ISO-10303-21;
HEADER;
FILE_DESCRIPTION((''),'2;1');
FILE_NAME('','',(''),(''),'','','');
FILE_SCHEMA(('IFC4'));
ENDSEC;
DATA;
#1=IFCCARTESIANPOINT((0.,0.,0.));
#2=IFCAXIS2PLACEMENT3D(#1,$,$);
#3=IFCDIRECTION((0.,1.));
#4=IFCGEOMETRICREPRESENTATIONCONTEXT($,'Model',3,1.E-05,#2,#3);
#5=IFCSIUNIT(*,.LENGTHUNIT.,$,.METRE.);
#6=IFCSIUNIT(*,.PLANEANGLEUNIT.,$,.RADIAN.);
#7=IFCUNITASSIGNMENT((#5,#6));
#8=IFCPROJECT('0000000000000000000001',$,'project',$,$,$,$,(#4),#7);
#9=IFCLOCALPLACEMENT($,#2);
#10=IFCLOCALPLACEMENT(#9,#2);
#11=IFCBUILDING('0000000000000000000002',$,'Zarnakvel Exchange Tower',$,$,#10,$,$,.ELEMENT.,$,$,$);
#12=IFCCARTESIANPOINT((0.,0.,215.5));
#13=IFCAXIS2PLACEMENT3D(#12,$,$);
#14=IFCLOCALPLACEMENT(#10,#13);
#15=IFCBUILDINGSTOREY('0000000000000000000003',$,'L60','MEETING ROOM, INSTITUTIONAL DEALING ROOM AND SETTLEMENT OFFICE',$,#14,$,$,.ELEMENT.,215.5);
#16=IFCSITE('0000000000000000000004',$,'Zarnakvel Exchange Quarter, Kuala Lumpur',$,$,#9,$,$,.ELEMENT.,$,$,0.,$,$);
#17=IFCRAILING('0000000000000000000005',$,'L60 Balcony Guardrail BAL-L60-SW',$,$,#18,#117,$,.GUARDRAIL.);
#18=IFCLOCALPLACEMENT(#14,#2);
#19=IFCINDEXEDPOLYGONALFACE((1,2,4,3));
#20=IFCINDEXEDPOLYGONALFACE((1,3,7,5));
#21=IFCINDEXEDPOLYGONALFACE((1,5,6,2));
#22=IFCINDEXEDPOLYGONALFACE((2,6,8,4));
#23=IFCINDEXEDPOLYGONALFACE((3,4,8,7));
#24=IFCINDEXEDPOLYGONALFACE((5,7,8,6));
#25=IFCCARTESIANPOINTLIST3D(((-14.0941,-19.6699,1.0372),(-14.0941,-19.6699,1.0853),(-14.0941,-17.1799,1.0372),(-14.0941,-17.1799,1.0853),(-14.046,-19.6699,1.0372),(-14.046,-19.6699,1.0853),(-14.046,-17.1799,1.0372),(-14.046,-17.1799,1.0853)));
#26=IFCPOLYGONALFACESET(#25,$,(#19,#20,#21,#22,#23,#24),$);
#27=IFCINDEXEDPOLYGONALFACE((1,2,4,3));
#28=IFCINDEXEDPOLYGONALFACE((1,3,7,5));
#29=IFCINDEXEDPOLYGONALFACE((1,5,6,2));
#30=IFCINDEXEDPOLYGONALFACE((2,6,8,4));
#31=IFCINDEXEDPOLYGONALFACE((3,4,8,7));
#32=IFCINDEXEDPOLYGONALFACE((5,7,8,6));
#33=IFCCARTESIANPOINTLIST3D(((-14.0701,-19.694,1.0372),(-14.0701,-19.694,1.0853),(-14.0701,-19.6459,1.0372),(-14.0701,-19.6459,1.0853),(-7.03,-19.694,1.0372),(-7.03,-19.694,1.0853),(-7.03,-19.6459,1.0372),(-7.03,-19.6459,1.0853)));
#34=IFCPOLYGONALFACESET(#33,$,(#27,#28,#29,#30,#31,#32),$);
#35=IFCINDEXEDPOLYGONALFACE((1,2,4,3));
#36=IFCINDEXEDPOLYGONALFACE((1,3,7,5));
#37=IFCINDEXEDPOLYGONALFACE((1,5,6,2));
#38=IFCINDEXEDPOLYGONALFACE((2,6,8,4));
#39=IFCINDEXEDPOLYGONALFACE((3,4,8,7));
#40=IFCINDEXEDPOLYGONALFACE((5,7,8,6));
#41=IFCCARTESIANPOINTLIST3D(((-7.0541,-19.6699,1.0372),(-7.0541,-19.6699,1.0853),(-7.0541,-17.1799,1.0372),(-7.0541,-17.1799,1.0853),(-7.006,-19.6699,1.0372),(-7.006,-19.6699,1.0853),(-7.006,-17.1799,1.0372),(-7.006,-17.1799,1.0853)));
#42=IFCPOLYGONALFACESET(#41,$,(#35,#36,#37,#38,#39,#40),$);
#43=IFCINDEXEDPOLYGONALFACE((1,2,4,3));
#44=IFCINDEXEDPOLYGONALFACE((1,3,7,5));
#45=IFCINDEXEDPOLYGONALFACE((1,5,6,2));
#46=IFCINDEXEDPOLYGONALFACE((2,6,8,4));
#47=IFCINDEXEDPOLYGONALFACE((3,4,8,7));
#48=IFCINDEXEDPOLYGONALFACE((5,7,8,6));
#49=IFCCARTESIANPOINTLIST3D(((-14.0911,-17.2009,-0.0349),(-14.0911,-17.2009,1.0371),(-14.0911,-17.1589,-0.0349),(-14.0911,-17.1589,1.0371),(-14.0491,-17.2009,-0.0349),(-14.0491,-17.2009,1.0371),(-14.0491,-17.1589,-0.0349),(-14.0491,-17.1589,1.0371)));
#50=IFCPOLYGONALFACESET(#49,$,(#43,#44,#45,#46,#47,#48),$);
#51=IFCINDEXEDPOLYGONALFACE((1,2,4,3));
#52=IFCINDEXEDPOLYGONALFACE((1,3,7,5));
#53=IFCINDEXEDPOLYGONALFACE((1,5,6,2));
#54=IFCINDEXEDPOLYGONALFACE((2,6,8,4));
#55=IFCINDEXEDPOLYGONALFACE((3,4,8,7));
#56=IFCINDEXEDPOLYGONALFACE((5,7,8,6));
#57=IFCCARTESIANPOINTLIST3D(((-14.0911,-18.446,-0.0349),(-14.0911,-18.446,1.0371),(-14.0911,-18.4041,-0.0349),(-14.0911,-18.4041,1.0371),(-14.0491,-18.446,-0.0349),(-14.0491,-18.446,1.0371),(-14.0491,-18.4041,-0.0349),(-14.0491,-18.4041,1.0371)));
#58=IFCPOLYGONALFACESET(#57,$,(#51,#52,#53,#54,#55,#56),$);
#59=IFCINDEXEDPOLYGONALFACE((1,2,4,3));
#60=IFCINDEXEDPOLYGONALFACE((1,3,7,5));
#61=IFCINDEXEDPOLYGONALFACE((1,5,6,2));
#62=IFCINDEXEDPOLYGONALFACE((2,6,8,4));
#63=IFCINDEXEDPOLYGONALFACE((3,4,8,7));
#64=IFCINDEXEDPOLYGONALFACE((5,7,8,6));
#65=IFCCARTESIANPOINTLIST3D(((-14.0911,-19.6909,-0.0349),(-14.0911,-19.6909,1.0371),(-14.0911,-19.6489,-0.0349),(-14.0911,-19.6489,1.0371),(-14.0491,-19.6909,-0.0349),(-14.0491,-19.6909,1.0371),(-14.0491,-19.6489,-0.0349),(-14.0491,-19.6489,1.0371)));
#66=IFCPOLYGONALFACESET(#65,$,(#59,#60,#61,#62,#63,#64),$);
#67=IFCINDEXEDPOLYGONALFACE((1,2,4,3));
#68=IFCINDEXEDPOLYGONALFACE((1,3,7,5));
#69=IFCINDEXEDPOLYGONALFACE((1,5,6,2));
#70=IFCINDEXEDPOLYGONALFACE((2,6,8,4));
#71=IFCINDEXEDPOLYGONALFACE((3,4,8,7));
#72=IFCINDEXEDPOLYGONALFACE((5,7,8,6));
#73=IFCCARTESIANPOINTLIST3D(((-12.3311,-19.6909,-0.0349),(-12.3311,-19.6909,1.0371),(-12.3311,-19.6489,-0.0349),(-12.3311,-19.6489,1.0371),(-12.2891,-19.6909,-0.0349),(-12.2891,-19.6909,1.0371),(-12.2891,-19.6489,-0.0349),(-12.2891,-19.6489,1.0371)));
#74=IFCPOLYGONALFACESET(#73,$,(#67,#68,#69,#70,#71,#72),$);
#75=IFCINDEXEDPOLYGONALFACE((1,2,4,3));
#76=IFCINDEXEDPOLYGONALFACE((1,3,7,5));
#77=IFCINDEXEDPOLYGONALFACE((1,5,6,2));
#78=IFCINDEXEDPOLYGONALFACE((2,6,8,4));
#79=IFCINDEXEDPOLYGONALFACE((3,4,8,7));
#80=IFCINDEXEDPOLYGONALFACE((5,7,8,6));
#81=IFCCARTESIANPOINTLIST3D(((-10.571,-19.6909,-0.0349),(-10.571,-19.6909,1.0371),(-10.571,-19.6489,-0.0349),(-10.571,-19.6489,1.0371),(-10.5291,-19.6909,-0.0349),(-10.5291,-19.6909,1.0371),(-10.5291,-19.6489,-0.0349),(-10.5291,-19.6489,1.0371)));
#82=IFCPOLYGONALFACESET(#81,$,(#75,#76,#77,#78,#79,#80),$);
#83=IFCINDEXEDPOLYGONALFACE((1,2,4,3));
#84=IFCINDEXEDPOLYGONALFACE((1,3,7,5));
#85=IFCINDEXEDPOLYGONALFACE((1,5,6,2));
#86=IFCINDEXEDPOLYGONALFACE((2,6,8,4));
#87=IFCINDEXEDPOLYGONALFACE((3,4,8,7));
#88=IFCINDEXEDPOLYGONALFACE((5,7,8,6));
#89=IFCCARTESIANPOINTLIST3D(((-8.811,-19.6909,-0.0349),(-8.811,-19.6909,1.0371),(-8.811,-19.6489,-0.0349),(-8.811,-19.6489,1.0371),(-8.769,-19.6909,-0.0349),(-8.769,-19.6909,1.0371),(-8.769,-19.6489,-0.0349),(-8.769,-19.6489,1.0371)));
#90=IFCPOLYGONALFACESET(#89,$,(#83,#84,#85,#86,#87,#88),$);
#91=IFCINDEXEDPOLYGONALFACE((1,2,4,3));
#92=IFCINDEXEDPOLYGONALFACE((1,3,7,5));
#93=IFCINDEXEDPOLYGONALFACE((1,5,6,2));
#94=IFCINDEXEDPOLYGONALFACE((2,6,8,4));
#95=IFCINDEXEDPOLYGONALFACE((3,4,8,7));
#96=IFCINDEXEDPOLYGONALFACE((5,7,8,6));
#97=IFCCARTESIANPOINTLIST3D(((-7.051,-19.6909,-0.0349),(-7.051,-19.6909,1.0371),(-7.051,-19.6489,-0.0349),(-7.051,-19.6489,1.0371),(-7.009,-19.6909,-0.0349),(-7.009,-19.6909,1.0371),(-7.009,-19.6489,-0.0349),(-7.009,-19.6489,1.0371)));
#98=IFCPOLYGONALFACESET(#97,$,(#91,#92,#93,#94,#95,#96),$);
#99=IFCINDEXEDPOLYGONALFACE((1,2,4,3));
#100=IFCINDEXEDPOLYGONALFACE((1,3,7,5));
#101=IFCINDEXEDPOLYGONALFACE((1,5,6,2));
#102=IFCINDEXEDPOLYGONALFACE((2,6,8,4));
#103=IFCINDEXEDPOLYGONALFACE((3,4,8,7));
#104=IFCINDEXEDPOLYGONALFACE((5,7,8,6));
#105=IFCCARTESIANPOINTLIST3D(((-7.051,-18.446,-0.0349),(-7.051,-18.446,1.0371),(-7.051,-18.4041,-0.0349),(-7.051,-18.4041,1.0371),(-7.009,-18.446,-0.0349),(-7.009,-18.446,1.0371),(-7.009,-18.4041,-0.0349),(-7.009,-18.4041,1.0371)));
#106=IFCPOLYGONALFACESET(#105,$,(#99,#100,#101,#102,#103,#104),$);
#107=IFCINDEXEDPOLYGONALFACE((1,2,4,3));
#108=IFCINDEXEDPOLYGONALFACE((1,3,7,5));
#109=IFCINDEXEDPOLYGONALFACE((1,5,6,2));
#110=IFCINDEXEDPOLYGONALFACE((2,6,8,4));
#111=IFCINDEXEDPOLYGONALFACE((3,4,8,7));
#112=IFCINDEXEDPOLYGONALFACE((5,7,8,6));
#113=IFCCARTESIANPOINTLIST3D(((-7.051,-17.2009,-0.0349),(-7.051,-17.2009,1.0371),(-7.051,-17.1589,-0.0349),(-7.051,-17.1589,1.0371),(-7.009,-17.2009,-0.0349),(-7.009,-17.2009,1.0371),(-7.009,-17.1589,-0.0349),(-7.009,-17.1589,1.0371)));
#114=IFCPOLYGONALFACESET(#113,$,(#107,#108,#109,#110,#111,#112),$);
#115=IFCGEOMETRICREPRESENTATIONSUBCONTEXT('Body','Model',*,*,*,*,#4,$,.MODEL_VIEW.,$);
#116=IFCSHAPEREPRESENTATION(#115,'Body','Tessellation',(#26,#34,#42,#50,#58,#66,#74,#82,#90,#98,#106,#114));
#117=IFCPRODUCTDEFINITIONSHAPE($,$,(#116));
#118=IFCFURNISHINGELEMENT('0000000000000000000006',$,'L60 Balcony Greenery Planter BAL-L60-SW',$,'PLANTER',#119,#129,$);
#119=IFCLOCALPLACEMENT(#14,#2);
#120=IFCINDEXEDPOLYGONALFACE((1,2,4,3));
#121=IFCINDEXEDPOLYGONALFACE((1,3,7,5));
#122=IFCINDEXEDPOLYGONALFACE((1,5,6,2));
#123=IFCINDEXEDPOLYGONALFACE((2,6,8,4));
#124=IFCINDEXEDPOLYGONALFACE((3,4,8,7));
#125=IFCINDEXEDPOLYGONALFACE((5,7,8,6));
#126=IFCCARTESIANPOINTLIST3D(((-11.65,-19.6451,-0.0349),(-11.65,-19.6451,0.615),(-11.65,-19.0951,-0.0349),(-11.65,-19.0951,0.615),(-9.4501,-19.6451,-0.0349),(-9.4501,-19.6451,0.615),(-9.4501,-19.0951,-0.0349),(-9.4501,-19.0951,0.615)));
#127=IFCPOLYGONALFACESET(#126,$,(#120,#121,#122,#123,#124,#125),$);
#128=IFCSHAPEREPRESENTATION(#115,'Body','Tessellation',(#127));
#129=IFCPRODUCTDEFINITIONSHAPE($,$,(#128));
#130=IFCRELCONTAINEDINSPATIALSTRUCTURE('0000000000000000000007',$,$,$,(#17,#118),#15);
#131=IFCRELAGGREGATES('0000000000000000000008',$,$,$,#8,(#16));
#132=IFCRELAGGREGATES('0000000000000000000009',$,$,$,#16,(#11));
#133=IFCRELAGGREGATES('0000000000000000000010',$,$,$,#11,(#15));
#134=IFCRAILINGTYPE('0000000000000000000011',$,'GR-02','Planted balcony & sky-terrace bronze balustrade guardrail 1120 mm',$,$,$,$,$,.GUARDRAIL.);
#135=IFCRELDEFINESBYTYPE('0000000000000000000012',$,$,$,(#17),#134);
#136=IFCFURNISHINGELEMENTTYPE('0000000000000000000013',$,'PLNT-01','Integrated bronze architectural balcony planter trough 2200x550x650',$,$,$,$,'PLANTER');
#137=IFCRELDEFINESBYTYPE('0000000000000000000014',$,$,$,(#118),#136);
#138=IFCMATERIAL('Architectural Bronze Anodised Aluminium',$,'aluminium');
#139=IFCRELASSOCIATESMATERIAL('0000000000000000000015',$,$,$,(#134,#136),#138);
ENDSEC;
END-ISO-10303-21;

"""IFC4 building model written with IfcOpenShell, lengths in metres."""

from ifc_helpers import new_model, si_unit, direction, frame, origin, origin_2d, place, context, subcontext, project, spatial, rectangle, extrude, source, transform, mapped, material, type_object, element, save


model = new_model("IFC4")

# Units and contexts
model_context = context("Model", 3, precision=1e-05, world=origin(), true_north=direction((0.0, 1.0)))
body_context = subcontext(model_context, "Body", "Model", "MODEL_VIEW")
ifc_project = project(units=[si_unit("LENGTHUNIT", "METRE"), si_unit("PLANEANGLEUNIT", "RADIAN")], contexts=[model_context])

# Site, building, storey
site_placement = place(None, origin())
site = spatial("IfcSite", under=ifc_project, at=site_placement, Name="Zarnakvel Exchange Quarter, Kuala Lumpur", CompositionType="ELEMENT", RefElevation=0.0)
building_placement = place(site_placement, origin())
building = spatial("IfcBuilding", under=site, at=building_placement, Name="Zarnakvel Exchange Tower", CompositionType="ELEMENT")
storey_placement = place(building_placement, frame((0.0, 0.0, 215.5)))
storey = spatial("IfcBuildingStorey", under=building, at=storey_placement, Name="L60", Description="MEETING ROOM, INSTITUTIONAL DEALING ROOM AND SETTLEMENT OFFICE", CompositionType="ELEMENT", Elevation=215.5)

# Shared definitions
ifc_material_1 = material(Name="Architectural Bronze Anodised Aluminium", Category="aluminium")

# Railing
railing_type = type_object("IfcRailingType", Name="GR-02", Description="Planted balcony & sky-terrace bronze balustrade guardrail 1120 mm", PredefinedType="GUARDRAIL", material=ifc_material_1)
railing_placement = place(storey_placement, frame((-14.0701, -17.1799, -0.0349)))
element("IfcRailing", 1, at=railing_placement, inside=storey, type_object=railing_type, Name="L60 Balcony Guardrail BAL-L60-SW", PredefinedType="GUARDRAIL", context=body_context, shape_type="SweptSolid", body=[
    extrude(rectangle(XDim=0.0481, YDim=0.0481, at=origin_2d()), frame((0.0, 0.0, 1.0962), z_axis=(0.0, -1.0, 0.0), x_axis=(1.0, 0.0, 0.0)), (0.0, 0.0, 1.0), 2.49),
    extrude(rectangle(XDim=0.0481, YDim=0.0481, at=origin_2d()), frame((0.0, -2.49, 1.0962), z_axis=(1.0, 0.0, 0.0), x_axis=(0.0, 1.0, 0.0)), (0.0, 0.0, 1.0), 7.04),
    extrude(rectangle(XDim=0.0481, YDim=0.0481, at=origin_2d()), frame((7.04, -2.49, 1.0962), z_axis=(0.0, 1.0, 0.0), x_axis=(-1.0, 0.0, 0.0)), (0.0, 0.0, 1.0), 2.49),
    extrude(rectangle(XDim=0.042, YDim=0.042, at=origin_2d()), origin(), (0.0, 0.0, 1.0), 1.072),
    extrude(rectangle(XDim=0.042, YDim=0.042, at=origin_2d()), frame((0.0, -1.2451, 0.0)), (0.0, 0.0, 1.0), 1.072),
    extrude(rectangle(XDim=0.042, YDim=0.042, at=origin_2d()), frame((0.0, -2.49, 0.0)), (0.0, 0.0, 1.0), 1.072),
    extrude(rectangle(XDim=0.042, YDim=0.042, at=origin_2d()), frame((1.76, -2.49, 0.0)), (0.0, 0.0, 1.0), 1.072),
    extrude(rectangle(XDim=0.042, YDim=0.042, at=origin_2d()), frame((3.52, -2.49, 0.0)), (0.0, 0.0, 1.0), 1.072),
    extrude(rectangle(XDim=0.042, YDim=0.042, at=origin_2d()), frame((5.28, -2.49, 0.0)), (0.0, 0.0, 1.0), 1.072),
    extrude(rectangle(XDim=0.042, YDim=0.042, at=origin_2d()), frame((7.04, -2.49, 0.0)), (0.0, 0.0, 1.0), 1.072),
    extrude(rectangle(XDim=0.042, YDim=0.042, at=origin_2d()), frame((7.04, -1.2451, 0.0)), (0.0, 0.0, 1.0), 1.072),
    extrude(rectangle(XDim=0.042, YDim=0.042, at=origin_2d()), frame((7.04, 0.0, 0.0)), (0.0, 0.0, 1.0), 1.072),
])

# Furnishing element
furnishing_element_type = type_object("IfcFurnishingElementType", Name="PLNT-01", Description="Integrated bronze architectural balcony planter trough 2200x550x650", ElementType="PLANTER", material=ifc_material_1)
shared_shape_1 = source(origin(), body_context, "Body", "SweptSolid", [
    extrude(rectangle(XDim=2.2, YDim=0.55, at=origin_2d()), origin(), (0.0, 0.0, 1.0), 0.6499),
])
furnishing_placement = place(storey_placement, frame((-10.55, -19.3701, -0.0349), z_axis=(0.0, 0.0, 1.0), x_axis=(1.0, 0.0, 0.0)))
element("IfcFurnishingElement", 2, at=furnishing_placement, inside=storey, type_object=furnishing_element_type, Name="L60 Balcony Greenery Planter BAL-L60-SW", ObjectType="PLANTER", context=body_context, shape_type="MappedRepresentation", body=[
    mapped(shared_shape_1, transform((0.0, 0.0, 0.0), x_axis=(1.0, 0.0, 0.0), y_axis=(0.0, 1.0, 0.0), z_axis=(0.0, 0.0, 1.0), scale=1.0)),
])

save(model, "model.ifc")
